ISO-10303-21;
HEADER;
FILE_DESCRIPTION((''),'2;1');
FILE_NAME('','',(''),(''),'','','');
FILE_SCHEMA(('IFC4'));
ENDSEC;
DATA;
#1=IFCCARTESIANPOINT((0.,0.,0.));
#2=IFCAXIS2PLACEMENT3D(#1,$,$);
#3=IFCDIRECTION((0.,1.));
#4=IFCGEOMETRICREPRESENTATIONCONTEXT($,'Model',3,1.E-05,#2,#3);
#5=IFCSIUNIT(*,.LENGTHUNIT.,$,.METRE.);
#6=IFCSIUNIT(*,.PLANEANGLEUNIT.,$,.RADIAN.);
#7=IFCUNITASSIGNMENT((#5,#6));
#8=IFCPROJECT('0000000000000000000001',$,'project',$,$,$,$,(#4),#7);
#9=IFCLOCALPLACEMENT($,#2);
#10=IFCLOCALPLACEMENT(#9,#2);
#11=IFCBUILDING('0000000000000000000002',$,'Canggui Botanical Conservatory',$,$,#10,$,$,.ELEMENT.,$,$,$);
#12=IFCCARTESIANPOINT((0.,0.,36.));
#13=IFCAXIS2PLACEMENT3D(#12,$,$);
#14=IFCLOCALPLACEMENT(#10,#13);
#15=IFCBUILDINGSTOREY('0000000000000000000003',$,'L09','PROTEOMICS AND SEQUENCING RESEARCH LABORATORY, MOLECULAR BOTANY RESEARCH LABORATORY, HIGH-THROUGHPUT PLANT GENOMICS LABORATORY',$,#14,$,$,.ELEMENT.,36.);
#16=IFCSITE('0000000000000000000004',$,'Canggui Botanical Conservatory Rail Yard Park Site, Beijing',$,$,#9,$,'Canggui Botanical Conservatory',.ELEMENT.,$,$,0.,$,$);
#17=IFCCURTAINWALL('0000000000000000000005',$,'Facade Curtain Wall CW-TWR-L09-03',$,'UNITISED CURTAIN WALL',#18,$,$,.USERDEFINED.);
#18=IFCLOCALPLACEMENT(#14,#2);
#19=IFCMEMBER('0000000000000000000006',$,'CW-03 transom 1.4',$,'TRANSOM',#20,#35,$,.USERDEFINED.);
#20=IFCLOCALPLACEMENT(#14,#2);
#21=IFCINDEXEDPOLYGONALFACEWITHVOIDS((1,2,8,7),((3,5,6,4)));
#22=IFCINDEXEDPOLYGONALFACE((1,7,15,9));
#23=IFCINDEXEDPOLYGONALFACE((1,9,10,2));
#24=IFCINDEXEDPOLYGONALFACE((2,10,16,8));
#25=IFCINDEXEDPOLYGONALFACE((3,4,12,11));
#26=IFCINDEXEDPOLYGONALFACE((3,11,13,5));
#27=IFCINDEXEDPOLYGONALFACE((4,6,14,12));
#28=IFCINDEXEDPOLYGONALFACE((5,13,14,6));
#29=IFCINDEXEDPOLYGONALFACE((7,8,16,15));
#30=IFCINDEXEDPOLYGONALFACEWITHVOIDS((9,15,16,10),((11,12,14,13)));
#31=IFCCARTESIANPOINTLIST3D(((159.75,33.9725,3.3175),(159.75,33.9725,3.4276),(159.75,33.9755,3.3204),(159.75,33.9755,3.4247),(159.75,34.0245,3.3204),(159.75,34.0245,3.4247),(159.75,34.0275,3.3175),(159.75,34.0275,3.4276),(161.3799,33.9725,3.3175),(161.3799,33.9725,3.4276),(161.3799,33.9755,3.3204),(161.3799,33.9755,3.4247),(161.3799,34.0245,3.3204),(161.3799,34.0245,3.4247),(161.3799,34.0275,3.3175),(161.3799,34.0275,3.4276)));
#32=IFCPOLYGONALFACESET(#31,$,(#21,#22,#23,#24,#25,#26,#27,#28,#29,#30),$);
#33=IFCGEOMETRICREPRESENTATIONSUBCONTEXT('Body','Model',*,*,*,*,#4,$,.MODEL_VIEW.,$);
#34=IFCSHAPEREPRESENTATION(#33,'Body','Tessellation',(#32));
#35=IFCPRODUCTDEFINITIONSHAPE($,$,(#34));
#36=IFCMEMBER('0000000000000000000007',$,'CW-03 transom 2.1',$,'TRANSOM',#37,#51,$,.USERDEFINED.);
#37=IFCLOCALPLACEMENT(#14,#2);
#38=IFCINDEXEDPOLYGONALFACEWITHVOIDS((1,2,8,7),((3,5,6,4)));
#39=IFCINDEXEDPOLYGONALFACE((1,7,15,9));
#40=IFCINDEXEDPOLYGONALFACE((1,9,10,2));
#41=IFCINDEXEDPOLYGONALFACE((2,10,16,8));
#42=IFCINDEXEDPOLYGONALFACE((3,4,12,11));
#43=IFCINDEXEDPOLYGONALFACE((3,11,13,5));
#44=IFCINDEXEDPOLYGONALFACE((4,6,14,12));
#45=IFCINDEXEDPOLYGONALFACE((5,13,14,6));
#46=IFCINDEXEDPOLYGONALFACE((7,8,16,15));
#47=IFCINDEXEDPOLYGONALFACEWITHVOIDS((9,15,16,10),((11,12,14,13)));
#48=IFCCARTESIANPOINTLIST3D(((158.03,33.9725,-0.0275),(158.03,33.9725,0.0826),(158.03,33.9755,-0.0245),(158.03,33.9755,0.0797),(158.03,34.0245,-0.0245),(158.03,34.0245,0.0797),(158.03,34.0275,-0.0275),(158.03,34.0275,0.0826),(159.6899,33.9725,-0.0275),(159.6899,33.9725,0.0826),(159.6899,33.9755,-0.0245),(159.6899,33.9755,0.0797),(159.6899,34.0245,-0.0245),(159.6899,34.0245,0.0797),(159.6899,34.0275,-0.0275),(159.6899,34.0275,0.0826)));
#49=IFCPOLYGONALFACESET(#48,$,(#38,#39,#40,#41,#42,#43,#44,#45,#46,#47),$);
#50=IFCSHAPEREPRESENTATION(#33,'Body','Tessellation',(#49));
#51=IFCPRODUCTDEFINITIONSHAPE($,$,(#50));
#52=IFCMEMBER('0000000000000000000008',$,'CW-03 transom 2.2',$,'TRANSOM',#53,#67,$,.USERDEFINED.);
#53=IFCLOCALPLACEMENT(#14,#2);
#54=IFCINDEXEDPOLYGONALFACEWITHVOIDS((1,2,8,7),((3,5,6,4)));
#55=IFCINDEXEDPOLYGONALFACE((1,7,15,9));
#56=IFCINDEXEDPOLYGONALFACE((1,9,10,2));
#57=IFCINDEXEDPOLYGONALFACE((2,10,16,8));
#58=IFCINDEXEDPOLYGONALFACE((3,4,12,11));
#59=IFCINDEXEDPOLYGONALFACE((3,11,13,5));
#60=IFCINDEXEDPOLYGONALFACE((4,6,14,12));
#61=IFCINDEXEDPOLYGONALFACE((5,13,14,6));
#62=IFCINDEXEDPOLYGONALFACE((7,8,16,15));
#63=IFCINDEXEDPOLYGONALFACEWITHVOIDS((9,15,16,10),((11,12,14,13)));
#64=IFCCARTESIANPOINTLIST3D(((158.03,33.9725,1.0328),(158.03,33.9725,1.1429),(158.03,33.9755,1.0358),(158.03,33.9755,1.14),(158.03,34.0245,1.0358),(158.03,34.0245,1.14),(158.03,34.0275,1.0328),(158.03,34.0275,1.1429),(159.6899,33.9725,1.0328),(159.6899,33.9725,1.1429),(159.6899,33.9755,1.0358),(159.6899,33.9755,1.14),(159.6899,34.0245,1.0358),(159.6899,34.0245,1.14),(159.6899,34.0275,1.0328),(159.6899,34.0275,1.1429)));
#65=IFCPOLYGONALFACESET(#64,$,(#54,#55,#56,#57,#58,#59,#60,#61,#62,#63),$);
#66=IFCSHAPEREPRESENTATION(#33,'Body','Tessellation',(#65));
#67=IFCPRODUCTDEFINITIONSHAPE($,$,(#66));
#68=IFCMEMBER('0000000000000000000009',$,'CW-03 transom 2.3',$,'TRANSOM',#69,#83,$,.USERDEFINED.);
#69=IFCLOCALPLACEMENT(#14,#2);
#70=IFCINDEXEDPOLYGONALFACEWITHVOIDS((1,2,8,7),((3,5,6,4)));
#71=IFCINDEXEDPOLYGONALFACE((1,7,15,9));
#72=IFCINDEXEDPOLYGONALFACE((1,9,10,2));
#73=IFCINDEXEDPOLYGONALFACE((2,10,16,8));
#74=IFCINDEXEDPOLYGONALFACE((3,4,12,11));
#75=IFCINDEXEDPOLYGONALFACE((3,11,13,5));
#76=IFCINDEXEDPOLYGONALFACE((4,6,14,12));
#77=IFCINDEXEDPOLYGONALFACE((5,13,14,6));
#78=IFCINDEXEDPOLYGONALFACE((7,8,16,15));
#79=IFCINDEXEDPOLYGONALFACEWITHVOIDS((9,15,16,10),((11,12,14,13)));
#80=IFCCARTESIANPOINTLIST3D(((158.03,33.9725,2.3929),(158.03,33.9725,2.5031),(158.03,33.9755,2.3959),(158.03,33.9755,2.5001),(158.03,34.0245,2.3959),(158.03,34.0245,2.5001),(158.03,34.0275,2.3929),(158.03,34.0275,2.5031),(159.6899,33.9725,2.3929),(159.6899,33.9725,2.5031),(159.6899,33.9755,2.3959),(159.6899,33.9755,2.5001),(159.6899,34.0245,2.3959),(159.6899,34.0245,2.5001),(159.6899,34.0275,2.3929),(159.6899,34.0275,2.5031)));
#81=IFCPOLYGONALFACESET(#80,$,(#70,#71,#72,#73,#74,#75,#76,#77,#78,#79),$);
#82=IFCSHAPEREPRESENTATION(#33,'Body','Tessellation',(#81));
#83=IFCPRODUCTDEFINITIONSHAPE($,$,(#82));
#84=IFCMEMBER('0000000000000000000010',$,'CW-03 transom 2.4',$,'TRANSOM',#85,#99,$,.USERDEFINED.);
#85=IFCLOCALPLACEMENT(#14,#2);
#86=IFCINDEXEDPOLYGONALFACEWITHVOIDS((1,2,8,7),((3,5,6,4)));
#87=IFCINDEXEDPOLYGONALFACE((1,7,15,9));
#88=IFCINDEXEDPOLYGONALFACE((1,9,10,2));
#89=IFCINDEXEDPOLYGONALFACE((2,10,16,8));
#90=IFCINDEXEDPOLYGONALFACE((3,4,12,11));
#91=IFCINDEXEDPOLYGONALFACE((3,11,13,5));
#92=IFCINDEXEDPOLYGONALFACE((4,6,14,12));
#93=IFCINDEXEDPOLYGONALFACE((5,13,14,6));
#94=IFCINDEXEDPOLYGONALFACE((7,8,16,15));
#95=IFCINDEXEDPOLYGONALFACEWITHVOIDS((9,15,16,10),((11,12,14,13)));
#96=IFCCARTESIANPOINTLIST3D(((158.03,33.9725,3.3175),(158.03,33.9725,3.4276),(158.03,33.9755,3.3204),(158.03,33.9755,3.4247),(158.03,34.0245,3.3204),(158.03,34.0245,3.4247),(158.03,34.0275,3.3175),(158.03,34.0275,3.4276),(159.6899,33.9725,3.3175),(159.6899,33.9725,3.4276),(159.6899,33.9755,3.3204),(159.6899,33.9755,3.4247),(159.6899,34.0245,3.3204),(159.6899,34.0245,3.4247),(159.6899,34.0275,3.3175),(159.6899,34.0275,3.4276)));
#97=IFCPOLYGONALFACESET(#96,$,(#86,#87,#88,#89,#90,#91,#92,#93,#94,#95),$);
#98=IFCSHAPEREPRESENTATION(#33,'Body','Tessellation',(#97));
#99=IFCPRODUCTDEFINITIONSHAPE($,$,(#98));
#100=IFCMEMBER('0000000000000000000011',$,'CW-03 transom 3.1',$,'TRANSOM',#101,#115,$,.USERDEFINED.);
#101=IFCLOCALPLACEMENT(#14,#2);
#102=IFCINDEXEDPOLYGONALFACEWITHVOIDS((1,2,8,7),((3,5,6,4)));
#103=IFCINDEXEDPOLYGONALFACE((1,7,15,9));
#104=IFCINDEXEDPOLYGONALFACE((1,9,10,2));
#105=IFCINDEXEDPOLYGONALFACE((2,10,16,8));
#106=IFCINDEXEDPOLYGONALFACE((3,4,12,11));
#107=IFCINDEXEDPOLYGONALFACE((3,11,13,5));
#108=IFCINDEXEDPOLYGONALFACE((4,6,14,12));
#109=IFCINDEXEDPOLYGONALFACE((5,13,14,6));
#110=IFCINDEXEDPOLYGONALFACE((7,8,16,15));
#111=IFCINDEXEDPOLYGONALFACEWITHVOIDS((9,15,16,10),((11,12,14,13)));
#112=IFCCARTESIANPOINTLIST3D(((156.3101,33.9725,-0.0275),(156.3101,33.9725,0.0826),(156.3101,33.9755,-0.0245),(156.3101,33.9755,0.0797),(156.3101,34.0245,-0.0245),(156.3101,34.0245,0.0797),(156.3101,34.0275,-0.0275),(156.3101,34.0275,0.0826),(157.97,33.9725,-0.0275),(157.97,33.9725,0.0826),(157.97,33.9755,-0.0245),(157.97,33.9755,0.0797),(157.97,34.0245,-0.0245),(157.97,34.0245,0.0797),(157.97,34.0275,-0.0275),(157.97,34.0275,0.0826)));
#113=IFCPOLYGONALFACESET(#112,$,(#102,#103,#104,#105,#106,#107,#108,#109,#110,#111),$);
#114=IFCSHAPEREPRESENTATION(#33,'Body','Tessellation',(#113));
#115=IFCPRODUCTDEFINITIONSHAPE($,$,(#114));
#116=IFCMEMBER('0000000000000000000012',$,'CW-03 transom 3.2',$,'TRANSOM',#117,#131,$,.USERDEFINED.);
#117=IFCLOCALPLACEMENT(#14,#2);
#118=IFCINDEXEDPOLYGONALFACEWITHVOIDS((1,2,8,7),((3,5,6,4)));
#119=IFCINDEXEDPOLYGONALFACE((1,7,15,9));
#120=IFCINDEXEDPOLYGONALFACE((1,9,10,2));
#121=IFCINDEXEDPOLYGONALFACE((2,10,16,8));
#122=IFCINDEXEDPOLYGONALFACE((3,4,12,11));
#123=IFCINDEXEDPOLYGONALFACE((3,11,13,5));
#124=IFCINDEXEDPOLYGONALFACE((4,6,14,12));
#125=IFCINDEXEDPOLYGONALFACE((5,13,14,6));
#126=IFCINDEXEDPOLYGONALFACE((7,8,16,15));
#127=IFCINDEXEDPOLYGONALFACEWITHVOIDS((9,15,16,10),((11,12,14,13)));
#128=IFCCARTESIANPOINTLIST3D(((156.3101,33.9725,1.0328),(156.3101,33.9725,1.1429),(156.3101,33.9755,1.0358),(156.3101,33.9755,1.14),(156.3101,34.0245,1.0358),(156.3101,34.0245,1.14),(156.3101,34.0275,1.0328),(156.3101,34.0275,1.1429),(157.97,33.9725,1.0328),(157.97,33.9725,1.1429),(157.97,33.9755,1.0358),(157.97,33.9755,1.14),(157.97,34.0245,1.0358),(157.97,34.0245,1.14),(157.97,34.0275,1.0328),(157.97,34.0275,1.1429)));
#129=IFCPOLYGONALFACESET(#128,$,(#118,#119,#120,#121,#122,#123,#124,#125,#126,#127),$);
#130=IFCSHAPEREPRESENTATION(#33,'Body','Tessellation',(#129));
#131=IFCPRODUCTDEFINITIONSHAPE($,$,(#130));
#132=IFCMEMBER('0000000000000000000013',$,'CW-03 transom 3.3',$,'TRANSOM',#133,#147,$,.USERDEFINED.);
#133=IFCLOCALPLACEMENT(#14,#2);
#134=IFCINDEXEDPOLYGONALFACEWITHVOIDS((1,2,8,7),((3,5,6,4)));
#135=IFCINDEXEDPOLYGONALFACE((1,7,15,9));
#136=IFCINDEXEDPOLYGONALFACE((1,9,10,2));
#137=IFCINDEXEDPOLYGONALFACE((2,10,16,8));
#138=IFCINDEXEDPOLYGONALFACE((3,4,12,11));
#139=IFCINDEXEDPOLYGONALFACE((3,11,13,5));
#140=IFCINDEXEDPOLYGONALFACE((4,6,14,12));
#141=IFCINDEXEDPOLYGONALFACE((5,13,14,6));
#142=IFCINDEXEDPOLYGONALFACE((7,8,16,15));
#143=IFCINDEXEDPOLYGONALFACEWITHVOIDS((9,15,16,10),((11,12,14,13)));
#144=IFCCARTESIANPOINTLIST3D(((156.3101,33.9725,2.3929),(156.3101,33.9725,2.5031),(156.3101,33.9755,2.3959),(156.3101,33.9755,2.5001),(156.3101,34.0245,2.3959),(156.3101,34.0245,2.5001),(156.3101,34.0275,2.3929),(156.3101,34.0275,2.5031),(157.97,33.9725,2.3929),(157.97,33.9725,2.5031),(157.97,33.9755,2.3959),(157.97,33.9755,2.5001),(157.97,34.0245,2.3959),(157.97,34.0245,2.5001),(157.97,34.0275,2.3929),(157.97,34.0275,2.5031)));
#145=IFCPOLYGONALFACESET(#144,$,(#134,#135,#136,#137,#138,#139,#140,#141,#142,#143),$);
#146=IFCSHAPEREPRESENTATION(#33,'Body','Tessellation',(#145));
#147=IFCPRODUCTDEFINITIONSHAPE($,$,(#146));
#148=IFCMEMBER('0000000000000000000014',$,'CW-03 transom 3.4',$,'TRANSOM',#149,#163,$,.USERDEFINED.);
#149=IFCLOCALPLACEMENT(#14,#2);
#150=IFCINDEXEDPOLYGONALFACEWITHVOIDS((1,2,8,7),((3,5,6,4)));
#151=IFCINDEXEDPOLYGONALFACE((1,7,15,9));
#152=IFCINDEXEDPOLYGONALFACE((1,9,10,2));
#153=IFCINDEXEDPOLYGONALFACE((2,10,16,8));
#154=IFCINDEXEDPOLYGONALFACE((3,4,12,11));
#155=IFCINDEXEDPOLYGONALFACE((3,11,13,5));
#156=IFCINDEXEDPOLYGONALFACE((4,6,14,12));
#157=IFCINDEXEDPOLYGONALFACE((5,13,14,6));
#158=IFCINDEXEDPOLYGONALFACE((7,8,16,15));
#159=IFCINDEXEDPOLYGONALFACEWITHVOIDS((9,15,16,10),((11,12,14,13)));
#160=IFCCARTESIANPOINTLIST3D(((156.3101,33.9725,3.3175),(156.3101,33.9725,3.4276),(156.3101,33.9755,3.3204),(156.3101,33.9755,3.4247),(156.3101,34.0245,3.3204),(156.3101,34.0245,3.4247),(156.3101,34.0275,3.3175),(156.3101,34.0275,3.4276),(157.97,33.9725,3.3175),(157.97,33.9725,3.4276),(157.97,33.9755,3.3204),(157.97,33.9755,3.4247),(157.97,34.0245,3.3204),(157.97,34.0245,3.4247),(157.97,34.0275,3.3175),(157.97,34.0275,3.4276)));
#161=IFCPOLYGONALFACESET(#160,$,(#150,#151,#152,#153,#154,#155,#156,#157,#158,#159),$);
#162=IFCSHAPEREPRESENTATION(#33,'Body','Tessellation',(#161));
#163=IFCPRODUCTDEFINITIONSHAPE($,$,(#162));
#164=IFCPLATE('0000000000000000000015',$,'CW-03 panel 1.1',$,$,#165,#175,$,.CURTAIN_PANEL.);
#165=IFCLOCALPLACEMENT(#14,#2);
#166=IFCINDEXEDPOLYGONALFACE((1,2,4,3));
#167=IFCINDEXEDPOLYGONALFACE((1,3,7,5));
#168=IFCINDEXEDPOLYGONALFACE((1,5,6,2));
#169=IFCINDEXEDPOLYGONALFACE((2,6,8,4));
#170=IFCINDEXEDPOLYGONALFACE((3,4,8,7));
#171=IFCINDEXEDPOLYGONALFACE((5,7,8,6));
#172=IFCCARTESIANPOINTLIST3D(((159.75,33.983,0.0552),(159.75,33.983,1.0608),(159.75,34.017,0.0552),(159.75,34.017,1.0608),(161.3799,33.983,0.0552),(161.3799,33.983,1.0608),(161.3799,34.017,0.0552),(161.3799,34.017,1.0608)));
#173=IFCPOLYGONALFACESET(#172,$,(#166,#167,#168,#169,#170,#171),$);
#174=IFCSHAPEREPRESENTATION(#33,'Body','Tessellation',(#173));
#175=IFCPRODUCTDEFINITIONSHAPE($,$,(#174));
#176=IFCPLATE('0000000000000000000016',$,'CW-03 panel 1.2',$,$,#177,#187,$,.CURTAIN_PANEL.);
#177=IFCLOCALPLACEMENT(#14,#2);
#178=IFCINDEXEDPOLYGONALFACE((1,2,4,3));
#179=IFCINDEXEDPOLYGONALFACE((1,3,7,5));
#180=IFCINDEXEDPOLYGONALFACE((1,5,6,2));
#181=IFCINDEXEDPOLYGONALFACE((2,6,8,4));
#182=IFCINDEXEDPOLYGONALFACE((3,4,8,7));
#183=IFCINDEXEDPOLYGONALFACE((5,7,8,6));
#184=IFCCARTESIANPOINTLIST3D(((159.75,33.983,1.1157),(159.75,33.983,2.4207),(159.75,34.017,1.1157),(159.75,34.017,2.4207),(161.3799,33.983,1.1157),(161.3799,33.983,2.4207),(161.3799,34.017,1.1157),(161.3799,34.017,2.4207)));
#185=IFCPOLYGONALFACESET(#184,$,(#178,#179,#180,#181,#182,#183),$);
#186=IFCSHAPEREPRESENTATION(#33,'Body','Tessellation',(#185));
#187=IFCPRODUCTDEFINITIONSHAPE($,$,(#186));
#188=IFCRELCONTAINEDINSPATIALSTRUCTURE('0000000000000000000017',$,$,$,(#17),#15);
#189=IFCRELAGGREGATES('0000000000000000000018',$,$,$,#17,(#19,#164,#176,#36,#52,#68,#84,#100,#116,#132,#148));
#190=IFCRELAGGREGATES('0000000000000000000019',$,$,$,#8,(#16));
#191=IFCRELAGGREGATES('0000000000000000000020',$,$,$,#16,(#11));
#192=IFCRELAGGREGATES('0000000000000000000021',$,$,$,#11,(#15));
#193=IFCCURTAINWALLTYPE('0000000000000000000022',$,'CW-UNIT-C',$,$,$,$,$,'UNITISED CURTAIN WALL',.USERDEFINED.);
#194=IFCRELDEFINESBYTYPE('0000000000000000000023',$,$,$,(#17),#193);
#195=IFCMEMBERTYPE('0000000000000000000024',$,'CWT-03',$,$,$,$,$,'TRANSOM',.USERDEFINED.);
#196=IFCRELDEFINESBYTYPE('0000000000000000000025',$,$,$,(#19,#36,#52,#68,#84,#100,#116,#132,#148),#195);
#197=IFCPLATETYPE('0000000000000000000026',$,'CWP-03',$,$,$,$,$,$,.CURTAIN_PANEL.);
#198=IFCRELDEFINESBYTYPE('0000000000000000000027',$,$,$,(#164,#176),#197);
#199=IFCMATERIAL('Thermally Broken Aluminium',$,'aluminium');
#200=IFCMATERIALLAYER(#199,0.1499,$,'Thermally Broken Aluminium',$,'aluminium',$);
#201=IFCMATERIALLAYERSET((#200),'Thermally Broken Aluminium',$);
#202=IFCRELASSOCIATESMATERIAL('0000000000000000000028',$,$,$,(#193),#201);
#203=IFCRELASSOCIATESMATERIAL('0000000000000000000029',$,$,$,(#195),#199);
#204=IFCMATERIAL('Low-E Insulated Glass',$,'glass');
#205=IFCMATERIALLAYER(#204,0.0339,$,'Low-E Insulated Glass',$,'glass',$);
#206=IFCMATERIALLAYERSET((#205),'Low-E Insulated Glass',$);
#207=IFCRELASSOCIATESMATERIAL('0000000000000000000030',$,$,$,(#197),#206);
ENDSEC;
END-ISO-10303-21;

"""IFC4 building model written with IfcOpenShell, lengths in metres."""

from ifc_helpers import new_model, si_unit, direction, frame, origin, origin_2d, place, context, subcontext, project, spatial, rectangle, hollow_rectangle, extrude, material, layer, layer_set, material_profile, profile_set, type_object, element, aggregate, save


model = new_model("IFC4")

# Units and contexts
model_context = context("Model", 3, precision=1e-05, world=origin(), true_north=direction((0.0, 1.0)))
body_context = subcontext(model_context, "Body", "Model", "MODEL_VIEW")
ifc_project = project(units=[si_unit("LENGTHUNIT", "METRE"), si_unit("PLANEANGLEUNIT", "RADIAN")], contexts=[model_context])

# Site, building, storey
site_placement = place(None, origin())
site = spatial("IfcSite", under=ifc_project, at=site_placement, Name="Canggui Botanical Conservatory Rail Yard Park Site, Beijing", LongName="Canggui Botanical Conservatory", CompositionType="ELEMENT", RefElevation=0.0)
building_placement = place(site_placement, origin())
building = spatial("IfcBuilding", under=site, at=building_placement, Name="Canggui Botanical Conservatory", CompositionType="ELEMENT")
storey_placement = place(building_placement, frame((0.0, 0.0, 36.0)))
storey = spatial("IfcBuildingStorey", under=building, at=storey_placement, Name="L09", Description="PROTEOMICS AND SEQUENCING RESEARCH LABORATORY, MOLECULAR BOTANY RESEARCH LABORATORY, HIGH-THROUGHPUT PLANT GENOMICS LABORATORY", CompositionType="ELEMENT", Elevation=36.0)

# Curtain wall, members, plates
ifc_material_1 = material(Name="Thermally Broken Aluminium", Category="aluminium")
ifc_layer_1 = layer(ifc_material_1, 0.1499, Name="Thermally Broken Aluminium", Category="aluminium")
ifc_layer_set_1 = layer_set([ifc_layer_1], Name="Thermally Broken Aluminium")
curtain_wall_type = type_object("IfcCurtainWallType", Name="CW-UNIT-C", ElementType="UNITISED CURTAIN WALL", PredefinedType="USERDEFINED", material=ifc_layer_set_1)
curtain_wall_placement = place(storey_placement, origin())
curtain_wall = element("IfcCurtainWall", 1, at=curtain_wall_placement, inside=storey, type_object=curtain_wall_type, Name="Facade Curtain Wall CW-TWR-L09-03", ObjectType="UNITISED CURTAIN WALL", PredefinedType="USERDEFINED")
ifc_material_profile_1 = material_profile(ifc_material_1, hollow_rectangle(XDim=0.0549, YDim=0.1101, WallThickness=0.0029, at=origin_2d()), Name="CWT 55x110x3")
ifc_profile_set_1 = profile_set([ifc_material_profile_1], Name="Thermally Broken Aluminium")
member_type_1 = type_object("IfcMemberType", Name="CWT-03", ElementType="TRANSOM", PredefinedType="USERDEFINED", material=ifc_profile_set_1)
member_1_placement = place(storey_placement, frame((161.3799, 34.0, 3.3726), z_axis=(-1.0, 0.0, 0.0), x_axis=(0.0, -1.0, 0.0)))
member_1 = element("IfcMember", 2, at=member_1_placement, type_object=member_type_1, Name="CW-03 transom 1.4", ObjectType="TRANSOM", PredefinedType="USERDEFINED", context=body_context, shape_type="SweptSolid", body=[
    extrude(hollow_rectangle(XDim=0.0549, YDim=0.1101, WallThickness=0.0029, at=origin_2d()), origin(), (0.0, 0.0, 1.0), 1.6299),
])
member_2_placement = place(storey_placement, frame((159.6899, 34.0, 0.0276), z_axis=(-1.0, 0.0, 0.0), x_axis=(0.0, -1.0, 0.0)))
member_2 = element("IfcMember", 3, at=member_2_placement, type_object=member_type_1, Name="CW-03 transom 2.1", ObjectType="TRANSOM", PredefinedType="USERDEFINED", context=body_context, shape_type="SweptSolid", body=[
    extrude(hollow_rectangle(XDim=0.0549, YDim=0.1101, WallThickness=0.0029, at=origin_2d()), origin(), (0.0, 0.0, 1.0), 1.6599),
])
member_3_placement = place(storey_placement, frame((159.6899, 34.0, 1.0879), z_axis=(-1.0, 0.0, 0.0), x_axis=(0.0, -1.0, 0.0)))
member_3 = element("IfcMember", 4, at=member_3_placement, type_object=member_type_1, Name="CW-03 transom 2.2", ObjectType="TRANSOM", PredefinedType="USERDEFINED", context=body_context, shape_type="SweptSolid", body=[
    extrude(hollow_rectangle(XDim=0.0549, YDim=0.1101, WallThickness=0.0029, at=origin_2d()), origin(), (0.0, 0.0, 1.0), 1.6599),
])
member_4_placement = place(storey_placement, frame((159.6899, 34.0, 2.448), z_axis=(-1.0, 0.0, 0.0), x_axis=(0.0, -1.0, 0.0)))
member_4 = element("IfcMember", 5, at=member_4_placement, type_object=member_type_1, Name="CW-03 transom 2.3", ObjectType="TRANSOM", PredefinedType="USERDEFINED", context=body_context, shape_type="SweptSolid", body=[
    extrude(hollow_rectangle(XDim=0.0549, YDim=0.1101, WallThickness=0.0029, at=origin_2d()), origin(), (0.0, 0.0, 1.0), 1.6599),
])
member_5_placement = place(storey_placement, frame((159.6899, 34.0, 3.3726), z_axis=(-1.0, 0.0, 0.0), x_axis=(0.0, -1.0, 0.0)))
member_5 = element("IfcMember", 6, at=member_5_placement, type_object=member_type_1, Name="CW-03 transom 2.4", ObjectType="TRANSOM", PredefinedType="USERDEFINED", context=body_context, shape_type="SweptSolid", body=[
    extrude(hollow_rectangle(XDim=0.0549, YDim=0.1101, WallThickness=0.0029, at=origin_2d()), origin(), (0.0, 0.0, 1.0), 1.6599),
])
member_6_placement = place(storey_placement, frame((157.97, 34.0, 0.0276), z_axis=(-1.0, 0.0, 0.0), x_axis=(0.0, -1.0, 0.0)))
member_6 = element("IfcMember", 7, at=member_6_placement, type_object=member_type_1, Name="CW-03 transom 3.1", ObjectType="TRANSOM", PredefinedType="USERDEFINED", context=body_context, shape_type="SweptSolid", body=[
    extrude(hollow_rectangle(XDim=0.0549, YDim=0.1101, WallThickness=0.0029, at=origin_2d()), origin(), (0.0, 0.0, 1.0), 1.6599),
])
member_7_placement = place(storey_placement, frame((157.97, 34.0, 1.0879), z_axis=(-1.0, 0.0, 0.0), x_axis=(0.0, -1.0, 0.0)))
member_7 = element("IfcMember", 8, at=member_7_placement, type_object=member_type_1, Name="CW-03 transom 3.2", ObjectType="TRANSOM", PredefinedType="USERDEFINED", context=body_context, shape_type="SweptSolid", body=[
    extrude(hollow_rectangle(XDim=0.0549, YDim=0.1101, WallThickness=0.0029, at=origin_2d()), origin(), (0.0, 0.0, 1.0), 1.6599),
])
member_8_placement = place(storey_placement, frame((157.97, 34.0, 2.448), z_axis=(-1.0, 0.0, 0.0), x_axis=(0.0, -1.0, 0.0)))
member_8 = element("IfcMember", 9, at=member_8_placement, type_object=member_type_1, Name="CW-03 transom 3.3", ObjectType="TRANSOM", PredefinedType="USERDEFINED", context=body_context, shape_type="SweptSolid", body=[
    extrude(hollow_rectangle(XDim=0.0549, YDim=0.1101, WallThickness=0.0029, at=origin_2d()), origin(), (0.0, 0.0, 1.0), 1.6599),
])
member_9_placement = place(storey_placement, frame((157.97, 34.0, 3.3726), z_axis=(-1.0, 0.0, 0.0), x_axis=(0.0, -1.0, 0.0)))
member_9 = element("IfcMember", 10, at=member_9_placement, type_object=member_type_1, Name="CW-03 transom 3.4", ObjectType="TRANSOM", PredefinedType="USERDEFINED", context=body_context, shape_type="SweptSolid", body=[
    extrude(hollow_rectangle(XDim=0.0549, YDim=0.1101, WallThickness=0.0029, at=origin_2d()), origin(), (0.0, 0.0, 1.0), 1.6599),
])
ifc_material_2 = material(Name="Low-E Insulated Glass", Category="glass")
ifc_layer_2 = layer(ifc_material_2, 0.0339, Name="Low-E Insulated Glass", Category="glass")
ifc_layer_set_2 = layer_set([ifc_layer_2], Name="Low-E Insulated Glass")
plate_type = type_object("IfcPlateType", Name="CWP-03", PredefinedType="CURTAIN_PANEL", material=ifc_layer_set_2)
plate_1_placement = place(storey_placement, frame((160.5649, 34.0, 0.0552), z_axis=(0.0, 0.0, 1.0), x_axis=(-1.0, 0.0, 0.0)))
plate_1 = element("IfcPlate", 11, at=plate_1_placement, type_object=plate_type, Name="CW-03 panel 1.1", PredefinedType="CURTAIN_PANEL", context=body_context, shape_type="SweptSolid", body=[
    extrude(rectangle(XDim=1.6299, YDim=0.0339, at=origin_2d()), origin(), (0.0, 0.0, 1.0), 1.0056),
])
plate_2_placement = place(storey_placement, frame((160.5649, 34.0, 1.1157), z_axis=(0.0, 0.0, 1.0), x_axis=(-1.0, 0.0, 0.0)))
plate_2 = element("IfcPlate", 12, at=plate_2_placement, type_object=plate_type, Name="CW-03 panel 1.2", PredefinedType="CURTAIN_PANEL", context=body_context, shape_type="SweptSolid", body=[
    extrude(rectangle(XDim=1.6299, YDim=0.0339, at=origin_2d()), origin(), (0.0, 0.0, 1.0), 1.3049),
])
aggregate(curtain_wall, [member_1, plate_1, plate_2, member_2, member_3, member_4, member_5, member_6, member_7, member_8, member_9])

save(model, "model.ifc")
